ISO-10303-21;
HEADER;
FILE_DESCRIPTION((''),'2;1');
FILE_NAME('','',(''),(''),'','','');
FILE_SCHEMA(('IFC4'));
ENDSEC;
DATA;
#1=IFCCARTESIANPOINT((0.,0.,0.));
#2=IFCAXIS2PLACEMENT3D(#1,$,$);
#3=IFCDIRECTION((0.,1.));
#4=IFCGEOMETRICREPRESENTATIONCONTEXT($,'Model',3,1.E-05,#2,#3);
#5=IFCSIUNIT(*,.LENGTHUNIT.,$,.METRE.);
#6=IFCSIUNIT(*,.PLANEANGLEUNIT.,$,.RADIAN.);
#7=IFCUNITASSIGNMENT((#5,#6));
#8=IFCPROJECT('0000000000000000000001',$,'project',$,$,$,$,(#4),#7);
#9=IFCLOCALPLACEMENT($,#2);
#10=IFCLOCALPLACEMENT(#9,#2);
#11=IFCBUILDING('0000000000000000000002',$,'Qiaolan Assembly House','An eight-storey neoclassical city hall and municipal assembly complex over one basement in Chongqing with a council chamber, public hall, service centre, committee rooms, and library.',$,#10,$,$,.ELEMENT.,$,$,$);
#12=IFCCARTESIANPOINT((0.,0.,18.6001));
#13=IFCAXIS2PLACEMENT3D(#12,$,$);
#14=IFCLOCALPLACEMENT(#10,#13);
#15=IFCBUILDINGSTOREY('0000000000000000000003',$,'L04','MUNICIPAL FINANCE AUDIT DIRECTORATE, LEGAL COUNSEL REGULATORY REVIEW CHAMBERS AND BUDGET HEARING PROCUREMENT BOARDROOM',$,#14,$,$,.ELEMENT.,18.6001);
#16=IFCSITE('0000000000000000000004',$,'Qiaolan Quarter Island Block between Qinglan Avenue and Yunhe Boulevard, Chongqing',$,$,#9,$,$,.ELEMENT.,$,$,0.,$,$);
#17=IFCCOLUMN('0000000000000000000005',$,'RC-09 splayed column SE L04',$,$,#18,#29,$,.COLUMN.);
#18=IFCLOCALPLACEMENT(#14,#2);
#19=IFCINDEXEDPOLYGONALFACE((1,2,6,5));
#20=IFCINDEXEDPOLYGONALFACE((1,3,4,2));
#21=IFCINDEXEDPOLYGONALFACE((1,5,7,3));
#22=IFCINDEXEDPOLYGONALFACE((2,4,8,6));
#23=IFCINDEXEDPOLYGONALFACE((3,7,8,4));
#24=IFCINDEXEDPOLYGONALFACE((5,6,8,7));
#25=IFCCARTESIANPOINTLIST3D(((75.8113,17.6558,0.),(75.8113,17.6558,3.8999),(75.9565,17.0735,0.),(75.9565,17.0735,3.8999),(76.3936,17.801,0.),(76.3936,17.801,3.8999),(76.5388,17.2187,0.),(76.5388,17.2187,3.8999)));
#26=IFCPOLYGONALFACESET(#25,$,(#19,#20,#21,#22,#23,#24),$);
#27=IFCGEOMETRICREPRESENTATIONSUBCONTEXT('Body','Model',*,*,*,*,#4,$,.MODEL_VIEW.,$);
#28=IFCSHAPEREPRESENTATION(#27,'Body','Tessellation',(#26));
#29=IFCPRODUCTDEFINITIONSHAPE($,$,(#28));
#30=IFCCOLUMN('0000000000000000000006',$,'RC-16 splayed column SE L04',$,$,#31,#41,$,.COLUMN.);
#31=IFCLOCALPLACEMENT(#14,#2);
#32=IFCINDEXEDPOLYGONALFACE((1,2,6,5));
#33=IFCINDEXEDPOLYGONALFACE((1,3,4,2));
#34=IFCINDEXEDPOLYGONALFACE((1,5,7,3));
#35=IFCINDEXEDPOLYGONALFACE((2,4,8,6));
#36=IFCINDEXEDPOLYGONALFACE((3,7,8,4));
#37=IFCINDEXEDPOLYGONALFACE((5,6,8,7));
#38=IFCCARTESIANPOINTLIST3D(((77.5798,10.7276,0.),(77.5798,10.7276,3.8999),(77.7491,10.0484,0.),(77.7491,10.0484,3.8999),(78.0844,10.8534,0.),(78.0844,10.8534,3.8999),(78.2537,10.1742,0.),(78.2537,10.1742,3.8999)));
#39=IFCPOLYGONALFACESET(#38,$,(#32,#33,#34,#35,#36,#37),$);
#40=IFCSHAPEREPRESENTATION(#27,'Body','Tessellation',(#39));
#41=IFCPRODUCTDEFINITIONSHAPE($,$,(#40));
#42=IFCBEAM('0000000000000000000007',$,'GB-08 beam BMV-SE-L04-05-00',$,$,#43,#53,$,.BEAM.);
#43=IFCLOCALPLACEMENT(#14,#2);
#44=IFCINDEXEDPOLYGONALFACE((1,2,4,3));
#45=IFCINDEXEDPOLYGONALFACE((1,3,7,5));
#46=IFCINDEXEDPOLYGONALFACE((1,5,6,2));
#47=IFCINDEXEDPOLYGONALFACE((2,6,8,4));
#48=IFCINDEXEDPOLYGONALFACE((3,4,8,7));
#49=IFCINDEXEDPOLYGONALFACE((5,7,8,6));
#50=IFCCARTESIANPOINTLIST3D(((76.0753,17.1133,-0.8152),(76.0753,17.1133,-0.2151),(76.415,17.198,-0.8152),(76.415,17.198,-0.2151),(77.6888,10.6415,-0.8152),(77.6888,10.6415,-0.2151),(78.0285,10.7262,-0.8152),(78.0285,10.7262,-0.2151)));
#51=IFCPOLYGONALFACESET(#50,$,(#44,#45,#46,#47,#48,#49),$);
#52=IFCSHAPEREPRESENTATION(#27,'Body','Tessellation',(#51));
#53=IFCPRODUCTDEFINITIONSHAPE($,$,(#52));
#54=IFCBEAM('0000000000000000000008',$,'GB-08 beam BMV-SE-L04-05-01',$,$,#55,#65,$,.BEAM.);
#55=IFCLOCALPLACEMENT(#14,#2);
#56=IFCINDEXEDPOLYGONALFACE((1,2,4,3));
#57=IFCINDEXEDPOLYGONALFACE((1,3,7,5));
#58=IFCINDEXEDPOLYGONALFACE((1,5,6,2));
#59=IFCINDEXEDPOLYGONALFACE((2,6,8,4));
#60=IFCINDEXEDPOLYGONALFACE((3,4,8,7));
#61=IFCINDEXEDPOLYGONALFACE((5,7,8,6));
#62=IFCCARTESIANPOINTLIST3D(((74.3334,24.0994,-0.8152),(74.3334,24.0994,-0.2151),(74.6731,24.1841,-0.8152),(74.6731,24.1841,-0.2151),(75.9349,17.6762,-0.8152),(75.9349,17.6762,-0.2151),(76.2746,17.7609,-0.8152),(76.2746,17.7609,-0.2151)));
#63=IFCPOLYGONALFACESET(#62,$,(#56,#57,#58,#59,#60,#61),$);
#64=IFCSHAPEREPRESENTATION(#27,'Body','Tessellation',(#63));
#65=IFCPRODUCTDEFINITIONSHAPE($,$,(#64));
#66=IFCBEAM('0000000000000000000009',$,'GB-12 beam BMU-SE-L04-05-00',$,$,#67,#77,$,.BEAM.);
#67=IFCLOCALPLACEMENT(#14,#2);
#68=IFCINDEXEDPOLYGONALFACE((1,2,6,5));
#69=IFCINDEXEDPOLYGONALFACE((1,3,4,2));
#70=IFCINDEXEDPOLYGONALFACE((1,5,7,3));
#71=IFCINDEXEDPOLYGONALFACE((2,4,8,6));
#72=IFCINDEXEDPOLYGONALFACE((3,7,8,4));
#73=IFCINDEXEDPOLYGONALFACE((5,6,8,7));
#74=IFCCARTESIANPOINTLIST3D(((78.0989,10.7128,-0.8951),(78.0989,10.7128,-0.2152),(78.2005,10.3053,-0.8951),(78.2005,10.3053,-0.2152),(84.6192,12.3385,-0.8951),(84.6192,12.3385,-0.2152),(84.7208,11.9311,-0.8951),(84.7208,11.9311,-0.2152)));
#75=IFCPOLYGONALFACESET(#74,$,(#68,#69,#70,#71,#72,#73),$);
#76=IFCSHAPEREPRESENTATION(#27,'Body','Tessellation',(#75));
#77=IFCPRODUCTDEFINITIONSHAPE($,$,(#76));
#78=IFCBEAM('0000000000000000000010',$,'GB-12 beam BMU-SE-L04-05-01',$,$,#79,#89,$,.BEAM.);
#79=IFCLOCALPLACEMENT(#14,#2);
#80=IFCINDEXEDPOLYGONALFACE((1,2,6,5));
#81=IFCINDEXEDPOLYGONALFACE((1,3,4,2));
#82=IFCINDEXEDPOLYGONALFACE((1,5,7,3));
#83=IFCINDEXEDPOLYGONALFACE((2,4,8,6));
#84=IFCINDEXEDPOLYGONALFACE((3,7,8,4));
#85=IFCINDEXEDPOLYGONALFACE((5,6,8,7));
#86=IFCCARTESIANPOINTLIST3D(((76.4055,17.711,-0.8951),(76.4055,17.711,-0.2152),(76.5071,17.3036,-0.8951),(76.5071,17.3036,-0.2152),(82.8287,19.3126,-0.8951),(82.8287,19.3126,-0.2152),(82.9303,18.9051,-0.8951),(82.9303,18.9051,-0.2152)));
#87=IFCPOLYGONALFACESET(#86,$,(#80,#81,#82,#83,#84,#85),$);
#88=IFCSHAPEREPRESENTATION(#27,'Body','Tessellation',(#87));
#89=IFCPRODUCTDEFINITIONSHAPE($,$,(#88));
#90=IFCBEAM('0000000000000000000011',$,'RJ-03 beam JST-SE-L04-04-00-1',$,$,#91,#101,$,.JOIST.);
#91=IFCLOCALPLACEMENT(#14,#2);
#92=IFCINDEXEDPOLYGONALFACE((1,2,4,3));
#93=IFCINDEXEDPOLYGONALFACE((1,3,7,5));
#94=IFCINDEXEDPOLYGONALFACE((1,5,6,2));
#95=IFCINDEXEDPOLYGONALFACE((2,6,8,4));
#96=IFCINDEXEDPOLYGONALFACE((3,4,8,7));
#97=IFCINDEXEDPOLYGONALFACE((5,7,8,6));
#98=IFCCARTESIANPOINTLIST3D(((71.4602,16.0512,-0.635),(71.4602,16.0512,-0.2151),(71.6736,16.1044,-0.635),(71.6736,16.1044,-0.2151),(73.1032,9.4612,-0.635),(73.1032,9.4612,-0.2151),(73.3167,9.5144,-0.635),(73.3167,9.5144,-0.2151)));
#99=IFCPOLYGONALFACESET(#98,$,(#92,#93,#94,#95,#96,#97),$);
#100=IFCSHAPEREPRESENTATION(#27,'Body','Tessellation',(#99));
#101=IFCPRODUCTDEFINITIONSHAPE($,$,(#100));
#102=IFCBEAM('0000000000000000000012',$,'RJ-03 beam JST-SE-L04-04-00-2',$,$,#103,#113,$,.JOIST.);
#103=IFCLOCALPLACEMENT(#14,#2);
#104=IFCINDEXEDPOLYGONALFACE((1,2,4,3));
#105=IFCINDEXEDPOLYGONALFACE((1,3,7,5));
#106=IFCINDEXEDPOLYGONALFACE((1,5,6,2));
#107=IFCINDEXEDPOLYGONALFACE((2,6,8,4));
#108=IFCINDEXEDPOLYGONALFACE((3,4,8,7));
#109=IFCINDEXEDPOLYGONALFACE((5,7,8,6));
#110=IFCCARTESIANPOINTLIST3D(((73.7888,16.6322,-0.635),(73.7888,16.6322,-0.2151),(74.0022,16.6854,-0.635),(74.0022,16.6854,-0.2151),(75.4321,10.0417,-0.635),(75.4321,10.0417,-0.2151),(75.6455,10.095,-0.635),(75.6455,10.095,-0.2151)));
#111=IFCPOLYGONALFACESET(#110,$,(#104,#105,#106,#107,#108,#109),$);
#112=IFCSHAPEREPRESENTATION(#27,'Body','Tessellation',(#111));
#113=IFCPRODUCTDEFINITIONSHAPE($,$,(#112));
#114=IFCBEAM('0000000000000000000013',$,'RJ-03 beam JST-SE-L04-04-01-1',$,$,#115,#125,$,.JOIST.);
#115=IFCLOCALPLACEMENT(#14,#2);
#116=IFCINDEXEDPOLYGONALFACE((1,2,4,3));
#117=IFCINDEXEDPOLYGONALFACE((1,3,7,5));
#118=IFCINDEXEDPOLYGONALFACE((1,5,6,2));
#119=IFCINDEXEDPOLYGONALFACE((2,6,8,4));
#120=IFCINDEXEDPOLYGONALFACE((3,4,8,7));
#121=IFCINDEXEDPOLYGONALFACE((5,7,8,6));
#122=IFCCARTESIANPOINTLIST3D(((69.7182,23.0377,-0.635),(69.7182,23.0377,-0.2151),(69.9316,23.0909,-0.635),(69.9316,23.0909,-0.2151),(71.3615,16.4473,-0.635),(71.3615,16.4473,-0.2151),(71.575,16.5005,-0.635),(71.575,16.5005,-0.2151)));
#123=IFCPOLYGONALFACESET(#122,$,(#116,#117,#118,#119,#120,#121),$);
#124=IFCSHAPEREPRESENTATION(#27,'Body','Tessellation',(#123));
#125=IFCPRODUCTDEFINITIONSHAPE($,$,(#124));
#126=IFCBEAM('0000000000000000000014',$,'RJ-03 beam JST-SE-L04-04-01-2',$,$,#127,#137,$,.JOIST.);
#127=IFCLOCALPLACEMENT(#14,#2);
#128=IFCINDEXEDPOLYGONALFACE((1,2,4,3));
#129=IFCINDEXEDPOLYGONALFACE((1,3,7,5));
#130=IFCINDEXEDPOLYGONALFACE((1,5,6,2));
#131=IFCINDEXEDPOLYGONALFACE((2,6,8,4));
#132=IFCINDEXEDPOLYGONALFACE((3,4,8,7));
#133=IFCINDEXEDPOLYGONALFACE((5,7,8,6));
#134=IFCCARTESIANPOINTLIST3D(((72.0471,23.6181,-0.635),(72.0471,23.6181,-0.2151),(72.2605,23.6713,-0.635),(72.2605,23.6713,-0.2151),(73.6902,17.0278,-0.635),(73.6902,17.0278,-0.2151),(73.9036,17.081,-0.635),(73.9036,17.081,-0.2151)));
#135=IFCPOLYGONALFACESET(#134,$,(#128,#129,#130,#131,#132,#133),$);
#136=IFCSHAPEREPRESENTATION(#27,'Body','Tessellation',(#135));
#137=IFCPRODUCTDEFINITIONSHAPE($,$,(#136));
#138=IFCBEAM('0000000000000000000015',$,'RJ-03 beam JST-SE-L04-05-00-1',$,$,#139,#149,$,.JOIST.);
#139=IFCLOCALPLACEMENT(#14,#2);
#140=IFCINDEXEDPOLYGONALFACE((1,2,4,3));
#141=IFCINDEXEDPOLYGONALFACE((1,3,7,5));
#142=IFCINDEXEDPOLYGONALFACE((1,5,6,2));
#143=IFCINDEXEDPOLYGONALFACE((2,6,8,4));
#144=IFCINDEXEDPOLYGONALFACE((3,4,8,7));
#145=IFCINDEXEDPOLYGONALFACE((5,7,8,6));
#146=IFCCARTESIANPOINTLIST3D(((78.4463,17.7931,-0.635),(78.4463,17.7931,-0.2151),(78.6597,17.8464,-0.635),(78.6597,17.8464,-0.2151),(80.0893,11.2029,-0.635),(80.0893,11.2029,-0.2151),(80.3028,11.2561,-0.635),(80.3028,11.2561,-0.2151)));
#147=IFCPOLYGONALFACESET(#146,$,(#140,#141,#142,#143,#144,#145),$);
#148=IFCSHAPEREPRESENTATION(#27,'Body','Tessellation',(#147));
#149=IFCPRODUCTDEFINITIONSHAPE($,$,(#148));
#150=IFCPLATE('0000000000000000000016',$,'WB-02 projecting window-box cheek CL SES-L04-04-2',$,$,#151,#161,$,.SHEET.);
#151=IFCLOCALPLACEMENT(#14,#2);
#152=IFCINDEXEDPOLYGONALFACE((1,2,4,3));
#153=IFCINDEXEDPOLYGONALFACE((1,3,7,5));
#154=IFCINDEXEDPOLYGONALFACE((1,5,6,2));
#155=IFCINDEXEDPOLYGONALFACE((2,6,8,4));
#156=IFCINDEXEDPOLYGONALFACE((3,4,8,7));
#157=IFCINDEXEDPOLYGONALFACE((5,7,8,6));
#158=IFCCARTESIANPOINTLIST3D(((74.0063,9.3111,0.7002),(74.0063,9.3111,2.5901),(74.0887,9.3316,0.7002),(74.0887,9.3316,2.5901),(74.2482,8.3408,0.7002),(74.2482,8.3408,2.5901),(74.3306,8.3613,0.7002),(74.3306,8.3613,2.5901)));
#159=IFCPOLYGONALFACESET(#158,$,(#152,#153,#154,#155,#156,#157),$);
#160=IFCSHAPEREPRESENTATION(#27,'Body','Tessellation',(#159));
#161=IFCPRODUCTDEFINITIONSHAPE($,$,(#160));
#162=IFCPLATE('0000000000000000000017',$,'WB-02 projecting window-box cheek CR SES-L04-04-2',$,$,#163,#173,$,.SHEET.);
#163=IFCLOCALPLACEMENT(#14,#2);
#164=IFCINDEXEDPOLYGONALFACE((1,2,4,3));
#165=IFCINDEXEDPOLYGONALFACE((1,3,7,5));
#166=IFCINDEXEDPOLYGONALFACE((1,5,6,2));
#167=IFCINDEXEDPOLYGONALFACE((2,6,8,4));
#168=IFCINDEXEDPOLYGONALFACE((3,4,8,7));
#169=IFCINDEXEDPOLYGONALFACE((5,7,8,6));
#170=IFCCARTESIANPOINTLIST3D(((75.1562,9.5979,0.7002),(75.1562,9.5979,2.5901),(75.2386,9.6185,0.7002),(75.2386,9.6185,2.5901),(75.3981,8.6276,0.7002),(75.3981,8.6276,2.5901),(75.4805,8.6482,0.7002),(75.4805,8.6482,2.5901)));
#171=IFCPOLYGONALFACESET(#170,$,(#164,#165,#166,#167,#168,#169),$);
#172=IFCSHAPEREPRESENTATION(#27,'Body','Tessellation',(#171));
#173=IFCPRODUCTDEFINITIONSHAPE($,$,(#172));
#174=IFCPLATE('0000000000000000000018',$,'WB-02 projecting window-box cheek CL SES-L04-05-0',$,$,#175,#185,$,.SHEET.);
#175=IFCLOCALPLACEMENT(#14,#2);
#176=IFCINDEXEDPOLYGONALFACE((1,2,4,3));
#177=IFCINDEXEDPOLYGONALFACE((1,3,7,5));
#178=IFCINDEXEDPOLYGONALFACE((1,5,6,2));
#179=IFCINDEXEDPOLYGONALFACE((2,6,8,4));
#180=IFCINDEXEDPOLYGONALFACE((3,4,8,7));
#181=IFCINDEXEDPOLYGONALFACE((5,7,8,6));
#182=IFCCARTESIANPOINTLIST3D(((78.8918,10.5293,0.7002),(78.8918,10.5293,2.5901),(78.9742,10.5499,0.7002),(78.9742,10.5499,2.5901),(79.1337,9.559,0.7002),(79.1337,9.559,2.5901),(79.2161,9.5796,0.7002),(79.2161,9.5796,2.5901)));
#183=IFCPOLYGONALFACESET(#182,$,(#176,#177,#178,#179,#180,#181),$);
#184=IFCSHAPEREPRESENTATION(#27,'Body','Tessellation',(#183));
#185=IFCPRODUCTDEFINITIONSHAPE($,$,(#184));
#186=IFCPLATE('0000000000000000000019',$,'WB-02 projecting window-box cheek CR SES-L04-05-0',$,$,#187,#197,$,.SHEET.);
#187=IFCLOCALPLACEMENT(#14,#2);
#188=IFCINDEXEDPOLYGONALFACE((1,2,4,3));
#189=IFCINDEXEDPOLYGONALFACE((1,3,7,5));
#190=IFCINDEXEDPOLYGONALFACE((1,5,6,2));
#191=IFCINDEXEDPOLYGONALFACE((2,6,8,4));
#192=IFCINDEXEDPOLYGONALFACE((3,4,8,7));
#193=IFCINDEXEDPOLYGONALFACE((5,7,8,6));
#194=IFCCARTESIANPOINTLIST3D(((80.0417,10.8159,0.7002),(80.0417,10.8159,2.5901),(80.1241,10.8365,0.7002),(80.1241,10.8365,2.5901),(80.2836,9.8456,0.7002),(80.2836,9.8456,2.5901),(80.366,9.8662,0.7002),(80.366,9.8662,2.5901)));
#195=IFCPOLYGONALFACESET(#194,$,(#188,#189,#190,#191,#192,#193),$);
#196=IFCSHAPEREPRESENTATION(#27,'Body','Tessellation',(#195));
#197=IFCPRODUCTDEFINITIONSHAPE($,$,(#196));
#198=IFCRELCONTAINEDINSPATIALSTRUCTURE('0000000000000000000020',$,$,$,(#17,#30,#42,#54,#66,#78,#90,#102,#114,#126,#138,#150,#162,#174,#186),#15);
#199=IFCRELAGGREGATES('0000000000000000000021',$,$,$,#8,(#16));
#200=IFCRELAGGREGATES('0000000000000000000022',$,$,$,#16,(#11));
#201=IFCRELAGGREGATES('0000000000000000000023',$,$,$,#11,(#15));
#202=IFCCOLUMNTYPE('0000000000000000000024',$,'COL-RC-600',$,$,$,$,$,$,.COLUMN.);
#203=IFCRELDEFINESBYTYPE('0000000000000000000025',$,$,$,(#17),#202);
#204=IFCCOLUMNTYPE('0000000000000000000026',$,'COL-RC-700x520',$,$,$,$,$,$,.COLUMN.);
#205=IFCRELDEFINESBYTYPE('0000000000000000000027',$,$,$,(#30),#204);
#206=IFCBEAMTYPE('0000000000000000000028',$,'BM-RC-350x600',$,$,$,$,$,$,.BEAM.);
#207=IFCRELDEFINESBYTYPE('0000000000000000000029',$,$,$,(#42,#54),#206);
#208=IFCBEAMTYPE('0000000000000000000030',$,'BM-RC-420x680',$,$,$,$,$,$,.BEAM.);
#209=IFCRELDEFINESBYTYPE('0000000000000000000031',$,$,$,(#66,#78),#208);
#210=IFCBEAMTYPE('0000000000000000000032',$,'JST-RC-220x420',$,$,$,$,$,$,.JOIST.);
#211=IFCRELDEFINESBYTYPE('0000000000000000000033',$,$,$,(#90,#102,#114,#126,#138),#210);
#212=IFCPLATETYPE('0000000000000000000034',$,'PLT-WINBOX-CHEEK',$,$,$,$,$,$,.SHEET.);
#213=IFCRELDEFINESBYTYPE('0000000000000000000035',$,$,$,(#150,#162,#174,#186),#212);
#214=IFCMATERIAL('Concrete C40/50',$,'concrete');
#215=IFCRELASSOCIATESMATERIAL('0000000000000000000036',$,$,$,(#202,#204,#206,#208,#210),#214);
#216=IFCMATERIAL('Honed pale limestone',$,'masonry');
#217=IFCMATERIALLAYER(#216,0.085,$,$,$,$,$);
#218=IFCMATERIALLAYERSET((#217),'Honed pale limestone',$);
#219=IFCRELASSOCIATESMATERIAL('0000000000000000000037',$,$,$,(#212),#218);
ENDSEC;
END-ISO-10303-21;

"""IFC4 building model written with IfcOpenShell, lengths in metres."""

from ifc_helpers import new_model, si_unit, direction, frame, origin, origin_2d, place, context, subcontext, project, spatial, rectangle, extrude, material, layer, layer_set, material_profile, profile_set, type_object, element, save


model = new_model("IFC4")

# Units and contexts
model_context = context("Model", 3, precision=1e-05, world=origin(), true_north=direction((0.0, 1.0)))
body_context = subcontext(model_context, "Body", "Model", "MODEL_VIEW")
ifc_project = project(units=[si_unit("LENGTHUNIT", "METRE"), si_unit("PLANEANGLEUNIT", "RADIAN")], contexts=[model_context])

# Site, building, storey
site_placement = place(None, origin())
site = spatial("IfcSite", under=ifc_project, at=site_placement, Name="Qiaolan Quarter Island Block between Qinglan Avenue and Yunhe Boulevard, Chongqing", CompositionType="ELEMENT", RefElevation=0.0)
building_placement = place(site_placement, origin())
building = spatial("IfcBuilding", under=site, at=building_placement, Name="Qiaolan Assembly House", Description="An eight-storey neoclassical city hall and municipal assembly complex over one basement in Chongqing with a council chamber, public hall, service centre, committee rooms, and library.", CompositionType="ELEMENT")
storey_placement = place(building_placement, frame((0.0, 0.0, 18.6001)))
storey = spatial("IfcBuildingStorey", under=building, at=storey_placement, Name="L04", Description="MUNICIPAL FINANCE AUDIT DIRECTORATE, LEGAL COUNSEL REGULATORY REVIEW CHAMBERS AND BUDGET HEARING PROCUREMENT BOARDROOM", CompositionType="ELEMENT", Elevation=18.6001)

# Columns
ifc_material_1 = material(Name="Concrete C40/50", Category="concrete")
ifc_material_profile_1 = material_profile(ifc_material_1, rectangle(XDim=0.6001, YDim=0.6001, at=origin_2d()), Name="RC 600x600")
ifc_profile_set_1 = profile_set([ifc_material_profile_1], Name="Concrete C40/50")
column_type_1 = type_object("IfcColumnType", Name="COL-RC-600", PredefinedType="COLUMN", material=ifc_profile_set_1)
column_1_placement = place(storey_placement, frame((76.175, 17.4373, 0.0), z_axis=(0.0, 0.0, 1.0), x_axis=(0.970296, 0.241922, 0.0)))
element("IfcColumn", 1, at=column_1_placement, inside=storey, type_object=column_type_1, Name="RC-09 splayed column SE L04", PredefinedType="COLUMN", context=body_context, shape_type="SweptSolid", body=[
    extrude(rectangle(XDim=0.6001, YDim=0.6001, at=origin_2d()), origin(), (0.0, 0.0, 1.0), 3.8999),
])
ifc_material_profile_2 = material_profile(ifc_material_1, rectangle(XDim=0.52, YDim=0.7, at=origin_2d()), Name="RC 700x520")
ifc_profile_set_2 = profile_set([ifc_material_profile_2], Name="Concrete C40/50")
column_type_2 = type_object("IfcColumnType", Name="COL-RC-700x520", PredefinedType="COLUMN", material=ifc_profile_set_2)
column_2_placement = place(storey_placement, frame((77.9167, 10.4509, 0.0), z_axis=(0.0, 0.0, 1.0), x_axis=(0.970296, 0.241922, 0.0)))
element("IfcColumn", 2, at=column_2_placement, inside=storey, type_object=column_type_2, Name="RC-16 splayed column SE L04", PredefinedType="COLUMN", context=body_context, shape_type="SweptSolid", body=[
    extrude(rectangle(XDim=0.52, YDim=0.7, at=origin_2d()), origin(), (0.0, 0.0, 1.0), 3.8999),
])

# Beams
ifc_material_profile_3 = material_profile(ifc_material_1, rectangle(XDim=0.3501, YDim=0.6001, at=origin_2d()), Name="RCB 350x600")
ifc_profile_set_3 = profile_set([ifc_material_profile_3], Name="Concrete C40/50")
beam_type_1 = type_object("IfcBeamType", Name="BM-RC-350x600", PredefinedType="BEAM", material=ifc_profile_set_3)
beam_1_placement = place(storey_placement, frame((77.8586, 10.6838, -0.5151), z_axis=(-0.241907, 0.970299, 0.0), x_axis=(-0.970299, -0.241907, 0.0)))
element("IfcBeam", 3, at=beam_1_placement, inside=storey, type_object=beam_type_1, Name="GB-08 beam BMV-SE-L04-05-00", PredefinedType="BEAM", context=body_context, shape_type="SweptSolid", body=[
    extrude(rectangle(XDim=0.3501, YDim=0.6001, at=origin_2d()), origin(), (0.0, 0.0, 1.0), 6.6699),
])
beam_2_placement = place(storey_placement, frame((76.1047, 17.7185, -0.5151), z_axis=(-0.241928, 0.970294, 0.0), x_axis=(-0.970294, -0.241928, 0.0)))
element("IfcBeam", 4, at=beam_2_placement, inside=storey, type_object=beam_type_1, Name="GB-08 beam BMV-SE-L04-05-01", PredefinedType="BEAM", context=body_context, shape_type="SweptSolid", body=[
    extrude(rectangle(XDim=0.3501, YDim=0.6001, at=origin_2d()), origin(), (0.0, 0.0, 1.0), 6.6199),
])
ifc_material_profile_4 = material_profile(ifc_material_1, rectangle(XDim=0.4199, YDim=0.6799, at=origin_2d()), Name="RCB 420x680")
ifc_profile_set_4 = profile_set([ifc_material_profile_4], Name="Concrete C40/50")
beam_type_2 = type_object("IfcBeamType", Name="BM-RC-420x680", PredefinedType="BEAM", material=ifc_profile_set_4)
beam_3_placement = place(storey_placement, frame((78.1497, 10.509, -0.5552), z_axis=(0.970294, 0.241929, 0.0), x_axis=(-0.241929, 0.970294, 0.0)))
element("IfcBeam", 5, at=beam_3_placement, inside=storey, type_object=beam_type_2, Name="GB-12 beam BMU-SE-L04-05-00", PredefinedType="BEAM", context=body_context, shape_type="SweptSolid", body=[
    extrude(rectangle(XDim=0.4199, YDim=0.6799, at=origin_2d()), origin(), (0.0, 0.0, 1.0), 6.72),
])
beam_4_placement = place(storey_placement, frame((76.4563, 17.5073, -0.5552), z_axis=(0.970294, 0.241928, 0.0), x_axis=(-0.241928, 0.970294, 0.0)))
element("IfcBeam", 6, at=beam_4_placement, inside=storey, type_object=beam_type_2, Name="GB-12 beam BMU-SE-L04-05-01", PredefinedType="BEAM", context=body_context, shape_type="SweptSolid", body=[
    extrude(rectangle(XDim=0.4199, YDim=0.6799, at=origin_2d()), origin(), (0.0, 0.0, 1.0), 6.6199),
])
ifc_material_profile_5 = material_profile(ifc_material_1, rectangle(XDim=0.22, YDim=0.4199, at=origin_2d()), Name="RCB 220x420")
ifc_profile_set_5 = profile_set([ifc_material_profile_5], Name="Concrete C40/50")
beam_type_3 = type_object("IfcBeamType", Name="JST-RC-220x420", PredefinedType="JOIST", material=ifc_profile_set_5)
beam_5_placement = place(storey_placement, frame((73.21, 9.4878, -0.425), z_axis=(-0.241918, 0.970297, 0.0), x_axis=(-0.970297, -0.241918, 0.0)))
element("IfcBeam", 7, at=beam_5_placement, inside=storey, type_object=beam_type_3, Name="RJ-03 beam JST-SE-L04-04-00-1", PredefinedType="JOIST", context=body_context, shape_type="SweptSolid", body=[
    extrude(rectangle(XDim=0.22, YDim=0.4199, at=origin_2d()), origin(), (0.0, 0.0, 1.0), 6.7917),
])
for number, where, z_axis, x_axis, name in (
    (8, (75.5388, 10.0684, -0.425), (-0.241944, 0.97029, 0.0), (-0.97029, -0.241944, 0.0), "RJ-03 beam JST-SE-L04-04-00-2"),
    (9, (71.4683, 16.4739, -0.425), (-0.241944, 0.97029, 0.0), (-0.97029, -0.241944, 0.0), "RJ-03 beam JST-SE-L04-04-01-1"),
):
    element("IfcBeam", number, at=place(storey_placement, frame(where, z_axis=z_axis, x_axis=x_axis)), inside=storey, type_object=beam_type_3, Name=name, PredefinedType="JOIST", context=body_context, shape_type="SweptSolid", body=[
        extrude(rectangle(XDim=0.22, YDim=0.4199, at=origin_2d()), origin(), (0.0, 0.0, 1.0), 6.7922),
    ])
for number, where, z_axis, x_axis, name in (
    (10, (73.7969, 17.0544, -0.425), (-0.24191, 0.970299, 0.0), (-0.970299, -0.24191, 0.0), "RJ-03 beam JST-SE-L04-04-01-2"),
    (11, (80.196, 11.2295, -0.425), (-0.24191, 0.970299, 0.0), (-0.970299, -0.24191, 0.0), "RJ-03 beam JST-SE-L04-05-00-1"),
):
    element("IfcBeam", number, at=place(storey_placement, frame(where, z_axis=z_axis, x_axis=x_axis)), inside=storey, type_object=beam_type_3, Name=name, PredefinedType="JOIST", context=body_context, shape_type="SweptSolid", body=[
        extrude(rectangle(XDim=0.22, YDim=0.4199, at=origin_2d()), origin(), (0.0, 0.0, 1.0), 6.792),
    ])

# Plates
ifc_material_2 = material(Name="Honed pale limestone", Category="masonry")
ifc_layer_1 = layer(ifc_material_2, 0.085)
ifc_layer_set_1 = layer_set([ifc_layer_1], Name="Honed pale limestone")
plate_type = type_object("IfcPlateType", Name="PLT-WINBOX-CHEEK", PredefinedType="SHEET", material=ifc_layer_set_1)
for number, where, z_axis, x_axis, name in (
    (12, (74.1685, 8.8362, 0.7002), (0.0, 0.0, 1.0), (0.970296, 0.241922, 0.0), "WB-02 projecting window-box cheek CL SES-L04-04-2"),
    (13, (75.3184, 9.123, 0.7002), (0.0, 0.0, 1.0), (0.970296, 0.241922, 0.0), "WB-02 projecting window-box cheek CR SES-L04-04-2"),
    (14, (79.054, 10.0544, 0.7002), (0.0, 0.0, 1.0), (0.970296, 0.241922, 0.0), "WB-02 projecting window-box cheek CL SES-L04-05-0"),
    (15, (80.2039, 10.3411, 0.7002), (0.0, 0.0, 1.0), (0.970296, 0.241922, 0.0), "WB-02 projecting window-box cheek CR SES-L04-05-0"),
):
    element("IfcPlate", number, at=place(storey_placement, frame(where, z_axis=z_axis, x_axis=x_axis)), inside=storey, type_object=plate_type, Name=name, PredefinedType="SHEET", context=body_context, shape_type="SweptSolid", body=[
        extrude(rectangle(XDim=0.085, YDim=1.0, at=origin_2d()), origin(), (0.0, 0.0, 1.0), 1.8899),
    ])

save(model, "model.ifc")
